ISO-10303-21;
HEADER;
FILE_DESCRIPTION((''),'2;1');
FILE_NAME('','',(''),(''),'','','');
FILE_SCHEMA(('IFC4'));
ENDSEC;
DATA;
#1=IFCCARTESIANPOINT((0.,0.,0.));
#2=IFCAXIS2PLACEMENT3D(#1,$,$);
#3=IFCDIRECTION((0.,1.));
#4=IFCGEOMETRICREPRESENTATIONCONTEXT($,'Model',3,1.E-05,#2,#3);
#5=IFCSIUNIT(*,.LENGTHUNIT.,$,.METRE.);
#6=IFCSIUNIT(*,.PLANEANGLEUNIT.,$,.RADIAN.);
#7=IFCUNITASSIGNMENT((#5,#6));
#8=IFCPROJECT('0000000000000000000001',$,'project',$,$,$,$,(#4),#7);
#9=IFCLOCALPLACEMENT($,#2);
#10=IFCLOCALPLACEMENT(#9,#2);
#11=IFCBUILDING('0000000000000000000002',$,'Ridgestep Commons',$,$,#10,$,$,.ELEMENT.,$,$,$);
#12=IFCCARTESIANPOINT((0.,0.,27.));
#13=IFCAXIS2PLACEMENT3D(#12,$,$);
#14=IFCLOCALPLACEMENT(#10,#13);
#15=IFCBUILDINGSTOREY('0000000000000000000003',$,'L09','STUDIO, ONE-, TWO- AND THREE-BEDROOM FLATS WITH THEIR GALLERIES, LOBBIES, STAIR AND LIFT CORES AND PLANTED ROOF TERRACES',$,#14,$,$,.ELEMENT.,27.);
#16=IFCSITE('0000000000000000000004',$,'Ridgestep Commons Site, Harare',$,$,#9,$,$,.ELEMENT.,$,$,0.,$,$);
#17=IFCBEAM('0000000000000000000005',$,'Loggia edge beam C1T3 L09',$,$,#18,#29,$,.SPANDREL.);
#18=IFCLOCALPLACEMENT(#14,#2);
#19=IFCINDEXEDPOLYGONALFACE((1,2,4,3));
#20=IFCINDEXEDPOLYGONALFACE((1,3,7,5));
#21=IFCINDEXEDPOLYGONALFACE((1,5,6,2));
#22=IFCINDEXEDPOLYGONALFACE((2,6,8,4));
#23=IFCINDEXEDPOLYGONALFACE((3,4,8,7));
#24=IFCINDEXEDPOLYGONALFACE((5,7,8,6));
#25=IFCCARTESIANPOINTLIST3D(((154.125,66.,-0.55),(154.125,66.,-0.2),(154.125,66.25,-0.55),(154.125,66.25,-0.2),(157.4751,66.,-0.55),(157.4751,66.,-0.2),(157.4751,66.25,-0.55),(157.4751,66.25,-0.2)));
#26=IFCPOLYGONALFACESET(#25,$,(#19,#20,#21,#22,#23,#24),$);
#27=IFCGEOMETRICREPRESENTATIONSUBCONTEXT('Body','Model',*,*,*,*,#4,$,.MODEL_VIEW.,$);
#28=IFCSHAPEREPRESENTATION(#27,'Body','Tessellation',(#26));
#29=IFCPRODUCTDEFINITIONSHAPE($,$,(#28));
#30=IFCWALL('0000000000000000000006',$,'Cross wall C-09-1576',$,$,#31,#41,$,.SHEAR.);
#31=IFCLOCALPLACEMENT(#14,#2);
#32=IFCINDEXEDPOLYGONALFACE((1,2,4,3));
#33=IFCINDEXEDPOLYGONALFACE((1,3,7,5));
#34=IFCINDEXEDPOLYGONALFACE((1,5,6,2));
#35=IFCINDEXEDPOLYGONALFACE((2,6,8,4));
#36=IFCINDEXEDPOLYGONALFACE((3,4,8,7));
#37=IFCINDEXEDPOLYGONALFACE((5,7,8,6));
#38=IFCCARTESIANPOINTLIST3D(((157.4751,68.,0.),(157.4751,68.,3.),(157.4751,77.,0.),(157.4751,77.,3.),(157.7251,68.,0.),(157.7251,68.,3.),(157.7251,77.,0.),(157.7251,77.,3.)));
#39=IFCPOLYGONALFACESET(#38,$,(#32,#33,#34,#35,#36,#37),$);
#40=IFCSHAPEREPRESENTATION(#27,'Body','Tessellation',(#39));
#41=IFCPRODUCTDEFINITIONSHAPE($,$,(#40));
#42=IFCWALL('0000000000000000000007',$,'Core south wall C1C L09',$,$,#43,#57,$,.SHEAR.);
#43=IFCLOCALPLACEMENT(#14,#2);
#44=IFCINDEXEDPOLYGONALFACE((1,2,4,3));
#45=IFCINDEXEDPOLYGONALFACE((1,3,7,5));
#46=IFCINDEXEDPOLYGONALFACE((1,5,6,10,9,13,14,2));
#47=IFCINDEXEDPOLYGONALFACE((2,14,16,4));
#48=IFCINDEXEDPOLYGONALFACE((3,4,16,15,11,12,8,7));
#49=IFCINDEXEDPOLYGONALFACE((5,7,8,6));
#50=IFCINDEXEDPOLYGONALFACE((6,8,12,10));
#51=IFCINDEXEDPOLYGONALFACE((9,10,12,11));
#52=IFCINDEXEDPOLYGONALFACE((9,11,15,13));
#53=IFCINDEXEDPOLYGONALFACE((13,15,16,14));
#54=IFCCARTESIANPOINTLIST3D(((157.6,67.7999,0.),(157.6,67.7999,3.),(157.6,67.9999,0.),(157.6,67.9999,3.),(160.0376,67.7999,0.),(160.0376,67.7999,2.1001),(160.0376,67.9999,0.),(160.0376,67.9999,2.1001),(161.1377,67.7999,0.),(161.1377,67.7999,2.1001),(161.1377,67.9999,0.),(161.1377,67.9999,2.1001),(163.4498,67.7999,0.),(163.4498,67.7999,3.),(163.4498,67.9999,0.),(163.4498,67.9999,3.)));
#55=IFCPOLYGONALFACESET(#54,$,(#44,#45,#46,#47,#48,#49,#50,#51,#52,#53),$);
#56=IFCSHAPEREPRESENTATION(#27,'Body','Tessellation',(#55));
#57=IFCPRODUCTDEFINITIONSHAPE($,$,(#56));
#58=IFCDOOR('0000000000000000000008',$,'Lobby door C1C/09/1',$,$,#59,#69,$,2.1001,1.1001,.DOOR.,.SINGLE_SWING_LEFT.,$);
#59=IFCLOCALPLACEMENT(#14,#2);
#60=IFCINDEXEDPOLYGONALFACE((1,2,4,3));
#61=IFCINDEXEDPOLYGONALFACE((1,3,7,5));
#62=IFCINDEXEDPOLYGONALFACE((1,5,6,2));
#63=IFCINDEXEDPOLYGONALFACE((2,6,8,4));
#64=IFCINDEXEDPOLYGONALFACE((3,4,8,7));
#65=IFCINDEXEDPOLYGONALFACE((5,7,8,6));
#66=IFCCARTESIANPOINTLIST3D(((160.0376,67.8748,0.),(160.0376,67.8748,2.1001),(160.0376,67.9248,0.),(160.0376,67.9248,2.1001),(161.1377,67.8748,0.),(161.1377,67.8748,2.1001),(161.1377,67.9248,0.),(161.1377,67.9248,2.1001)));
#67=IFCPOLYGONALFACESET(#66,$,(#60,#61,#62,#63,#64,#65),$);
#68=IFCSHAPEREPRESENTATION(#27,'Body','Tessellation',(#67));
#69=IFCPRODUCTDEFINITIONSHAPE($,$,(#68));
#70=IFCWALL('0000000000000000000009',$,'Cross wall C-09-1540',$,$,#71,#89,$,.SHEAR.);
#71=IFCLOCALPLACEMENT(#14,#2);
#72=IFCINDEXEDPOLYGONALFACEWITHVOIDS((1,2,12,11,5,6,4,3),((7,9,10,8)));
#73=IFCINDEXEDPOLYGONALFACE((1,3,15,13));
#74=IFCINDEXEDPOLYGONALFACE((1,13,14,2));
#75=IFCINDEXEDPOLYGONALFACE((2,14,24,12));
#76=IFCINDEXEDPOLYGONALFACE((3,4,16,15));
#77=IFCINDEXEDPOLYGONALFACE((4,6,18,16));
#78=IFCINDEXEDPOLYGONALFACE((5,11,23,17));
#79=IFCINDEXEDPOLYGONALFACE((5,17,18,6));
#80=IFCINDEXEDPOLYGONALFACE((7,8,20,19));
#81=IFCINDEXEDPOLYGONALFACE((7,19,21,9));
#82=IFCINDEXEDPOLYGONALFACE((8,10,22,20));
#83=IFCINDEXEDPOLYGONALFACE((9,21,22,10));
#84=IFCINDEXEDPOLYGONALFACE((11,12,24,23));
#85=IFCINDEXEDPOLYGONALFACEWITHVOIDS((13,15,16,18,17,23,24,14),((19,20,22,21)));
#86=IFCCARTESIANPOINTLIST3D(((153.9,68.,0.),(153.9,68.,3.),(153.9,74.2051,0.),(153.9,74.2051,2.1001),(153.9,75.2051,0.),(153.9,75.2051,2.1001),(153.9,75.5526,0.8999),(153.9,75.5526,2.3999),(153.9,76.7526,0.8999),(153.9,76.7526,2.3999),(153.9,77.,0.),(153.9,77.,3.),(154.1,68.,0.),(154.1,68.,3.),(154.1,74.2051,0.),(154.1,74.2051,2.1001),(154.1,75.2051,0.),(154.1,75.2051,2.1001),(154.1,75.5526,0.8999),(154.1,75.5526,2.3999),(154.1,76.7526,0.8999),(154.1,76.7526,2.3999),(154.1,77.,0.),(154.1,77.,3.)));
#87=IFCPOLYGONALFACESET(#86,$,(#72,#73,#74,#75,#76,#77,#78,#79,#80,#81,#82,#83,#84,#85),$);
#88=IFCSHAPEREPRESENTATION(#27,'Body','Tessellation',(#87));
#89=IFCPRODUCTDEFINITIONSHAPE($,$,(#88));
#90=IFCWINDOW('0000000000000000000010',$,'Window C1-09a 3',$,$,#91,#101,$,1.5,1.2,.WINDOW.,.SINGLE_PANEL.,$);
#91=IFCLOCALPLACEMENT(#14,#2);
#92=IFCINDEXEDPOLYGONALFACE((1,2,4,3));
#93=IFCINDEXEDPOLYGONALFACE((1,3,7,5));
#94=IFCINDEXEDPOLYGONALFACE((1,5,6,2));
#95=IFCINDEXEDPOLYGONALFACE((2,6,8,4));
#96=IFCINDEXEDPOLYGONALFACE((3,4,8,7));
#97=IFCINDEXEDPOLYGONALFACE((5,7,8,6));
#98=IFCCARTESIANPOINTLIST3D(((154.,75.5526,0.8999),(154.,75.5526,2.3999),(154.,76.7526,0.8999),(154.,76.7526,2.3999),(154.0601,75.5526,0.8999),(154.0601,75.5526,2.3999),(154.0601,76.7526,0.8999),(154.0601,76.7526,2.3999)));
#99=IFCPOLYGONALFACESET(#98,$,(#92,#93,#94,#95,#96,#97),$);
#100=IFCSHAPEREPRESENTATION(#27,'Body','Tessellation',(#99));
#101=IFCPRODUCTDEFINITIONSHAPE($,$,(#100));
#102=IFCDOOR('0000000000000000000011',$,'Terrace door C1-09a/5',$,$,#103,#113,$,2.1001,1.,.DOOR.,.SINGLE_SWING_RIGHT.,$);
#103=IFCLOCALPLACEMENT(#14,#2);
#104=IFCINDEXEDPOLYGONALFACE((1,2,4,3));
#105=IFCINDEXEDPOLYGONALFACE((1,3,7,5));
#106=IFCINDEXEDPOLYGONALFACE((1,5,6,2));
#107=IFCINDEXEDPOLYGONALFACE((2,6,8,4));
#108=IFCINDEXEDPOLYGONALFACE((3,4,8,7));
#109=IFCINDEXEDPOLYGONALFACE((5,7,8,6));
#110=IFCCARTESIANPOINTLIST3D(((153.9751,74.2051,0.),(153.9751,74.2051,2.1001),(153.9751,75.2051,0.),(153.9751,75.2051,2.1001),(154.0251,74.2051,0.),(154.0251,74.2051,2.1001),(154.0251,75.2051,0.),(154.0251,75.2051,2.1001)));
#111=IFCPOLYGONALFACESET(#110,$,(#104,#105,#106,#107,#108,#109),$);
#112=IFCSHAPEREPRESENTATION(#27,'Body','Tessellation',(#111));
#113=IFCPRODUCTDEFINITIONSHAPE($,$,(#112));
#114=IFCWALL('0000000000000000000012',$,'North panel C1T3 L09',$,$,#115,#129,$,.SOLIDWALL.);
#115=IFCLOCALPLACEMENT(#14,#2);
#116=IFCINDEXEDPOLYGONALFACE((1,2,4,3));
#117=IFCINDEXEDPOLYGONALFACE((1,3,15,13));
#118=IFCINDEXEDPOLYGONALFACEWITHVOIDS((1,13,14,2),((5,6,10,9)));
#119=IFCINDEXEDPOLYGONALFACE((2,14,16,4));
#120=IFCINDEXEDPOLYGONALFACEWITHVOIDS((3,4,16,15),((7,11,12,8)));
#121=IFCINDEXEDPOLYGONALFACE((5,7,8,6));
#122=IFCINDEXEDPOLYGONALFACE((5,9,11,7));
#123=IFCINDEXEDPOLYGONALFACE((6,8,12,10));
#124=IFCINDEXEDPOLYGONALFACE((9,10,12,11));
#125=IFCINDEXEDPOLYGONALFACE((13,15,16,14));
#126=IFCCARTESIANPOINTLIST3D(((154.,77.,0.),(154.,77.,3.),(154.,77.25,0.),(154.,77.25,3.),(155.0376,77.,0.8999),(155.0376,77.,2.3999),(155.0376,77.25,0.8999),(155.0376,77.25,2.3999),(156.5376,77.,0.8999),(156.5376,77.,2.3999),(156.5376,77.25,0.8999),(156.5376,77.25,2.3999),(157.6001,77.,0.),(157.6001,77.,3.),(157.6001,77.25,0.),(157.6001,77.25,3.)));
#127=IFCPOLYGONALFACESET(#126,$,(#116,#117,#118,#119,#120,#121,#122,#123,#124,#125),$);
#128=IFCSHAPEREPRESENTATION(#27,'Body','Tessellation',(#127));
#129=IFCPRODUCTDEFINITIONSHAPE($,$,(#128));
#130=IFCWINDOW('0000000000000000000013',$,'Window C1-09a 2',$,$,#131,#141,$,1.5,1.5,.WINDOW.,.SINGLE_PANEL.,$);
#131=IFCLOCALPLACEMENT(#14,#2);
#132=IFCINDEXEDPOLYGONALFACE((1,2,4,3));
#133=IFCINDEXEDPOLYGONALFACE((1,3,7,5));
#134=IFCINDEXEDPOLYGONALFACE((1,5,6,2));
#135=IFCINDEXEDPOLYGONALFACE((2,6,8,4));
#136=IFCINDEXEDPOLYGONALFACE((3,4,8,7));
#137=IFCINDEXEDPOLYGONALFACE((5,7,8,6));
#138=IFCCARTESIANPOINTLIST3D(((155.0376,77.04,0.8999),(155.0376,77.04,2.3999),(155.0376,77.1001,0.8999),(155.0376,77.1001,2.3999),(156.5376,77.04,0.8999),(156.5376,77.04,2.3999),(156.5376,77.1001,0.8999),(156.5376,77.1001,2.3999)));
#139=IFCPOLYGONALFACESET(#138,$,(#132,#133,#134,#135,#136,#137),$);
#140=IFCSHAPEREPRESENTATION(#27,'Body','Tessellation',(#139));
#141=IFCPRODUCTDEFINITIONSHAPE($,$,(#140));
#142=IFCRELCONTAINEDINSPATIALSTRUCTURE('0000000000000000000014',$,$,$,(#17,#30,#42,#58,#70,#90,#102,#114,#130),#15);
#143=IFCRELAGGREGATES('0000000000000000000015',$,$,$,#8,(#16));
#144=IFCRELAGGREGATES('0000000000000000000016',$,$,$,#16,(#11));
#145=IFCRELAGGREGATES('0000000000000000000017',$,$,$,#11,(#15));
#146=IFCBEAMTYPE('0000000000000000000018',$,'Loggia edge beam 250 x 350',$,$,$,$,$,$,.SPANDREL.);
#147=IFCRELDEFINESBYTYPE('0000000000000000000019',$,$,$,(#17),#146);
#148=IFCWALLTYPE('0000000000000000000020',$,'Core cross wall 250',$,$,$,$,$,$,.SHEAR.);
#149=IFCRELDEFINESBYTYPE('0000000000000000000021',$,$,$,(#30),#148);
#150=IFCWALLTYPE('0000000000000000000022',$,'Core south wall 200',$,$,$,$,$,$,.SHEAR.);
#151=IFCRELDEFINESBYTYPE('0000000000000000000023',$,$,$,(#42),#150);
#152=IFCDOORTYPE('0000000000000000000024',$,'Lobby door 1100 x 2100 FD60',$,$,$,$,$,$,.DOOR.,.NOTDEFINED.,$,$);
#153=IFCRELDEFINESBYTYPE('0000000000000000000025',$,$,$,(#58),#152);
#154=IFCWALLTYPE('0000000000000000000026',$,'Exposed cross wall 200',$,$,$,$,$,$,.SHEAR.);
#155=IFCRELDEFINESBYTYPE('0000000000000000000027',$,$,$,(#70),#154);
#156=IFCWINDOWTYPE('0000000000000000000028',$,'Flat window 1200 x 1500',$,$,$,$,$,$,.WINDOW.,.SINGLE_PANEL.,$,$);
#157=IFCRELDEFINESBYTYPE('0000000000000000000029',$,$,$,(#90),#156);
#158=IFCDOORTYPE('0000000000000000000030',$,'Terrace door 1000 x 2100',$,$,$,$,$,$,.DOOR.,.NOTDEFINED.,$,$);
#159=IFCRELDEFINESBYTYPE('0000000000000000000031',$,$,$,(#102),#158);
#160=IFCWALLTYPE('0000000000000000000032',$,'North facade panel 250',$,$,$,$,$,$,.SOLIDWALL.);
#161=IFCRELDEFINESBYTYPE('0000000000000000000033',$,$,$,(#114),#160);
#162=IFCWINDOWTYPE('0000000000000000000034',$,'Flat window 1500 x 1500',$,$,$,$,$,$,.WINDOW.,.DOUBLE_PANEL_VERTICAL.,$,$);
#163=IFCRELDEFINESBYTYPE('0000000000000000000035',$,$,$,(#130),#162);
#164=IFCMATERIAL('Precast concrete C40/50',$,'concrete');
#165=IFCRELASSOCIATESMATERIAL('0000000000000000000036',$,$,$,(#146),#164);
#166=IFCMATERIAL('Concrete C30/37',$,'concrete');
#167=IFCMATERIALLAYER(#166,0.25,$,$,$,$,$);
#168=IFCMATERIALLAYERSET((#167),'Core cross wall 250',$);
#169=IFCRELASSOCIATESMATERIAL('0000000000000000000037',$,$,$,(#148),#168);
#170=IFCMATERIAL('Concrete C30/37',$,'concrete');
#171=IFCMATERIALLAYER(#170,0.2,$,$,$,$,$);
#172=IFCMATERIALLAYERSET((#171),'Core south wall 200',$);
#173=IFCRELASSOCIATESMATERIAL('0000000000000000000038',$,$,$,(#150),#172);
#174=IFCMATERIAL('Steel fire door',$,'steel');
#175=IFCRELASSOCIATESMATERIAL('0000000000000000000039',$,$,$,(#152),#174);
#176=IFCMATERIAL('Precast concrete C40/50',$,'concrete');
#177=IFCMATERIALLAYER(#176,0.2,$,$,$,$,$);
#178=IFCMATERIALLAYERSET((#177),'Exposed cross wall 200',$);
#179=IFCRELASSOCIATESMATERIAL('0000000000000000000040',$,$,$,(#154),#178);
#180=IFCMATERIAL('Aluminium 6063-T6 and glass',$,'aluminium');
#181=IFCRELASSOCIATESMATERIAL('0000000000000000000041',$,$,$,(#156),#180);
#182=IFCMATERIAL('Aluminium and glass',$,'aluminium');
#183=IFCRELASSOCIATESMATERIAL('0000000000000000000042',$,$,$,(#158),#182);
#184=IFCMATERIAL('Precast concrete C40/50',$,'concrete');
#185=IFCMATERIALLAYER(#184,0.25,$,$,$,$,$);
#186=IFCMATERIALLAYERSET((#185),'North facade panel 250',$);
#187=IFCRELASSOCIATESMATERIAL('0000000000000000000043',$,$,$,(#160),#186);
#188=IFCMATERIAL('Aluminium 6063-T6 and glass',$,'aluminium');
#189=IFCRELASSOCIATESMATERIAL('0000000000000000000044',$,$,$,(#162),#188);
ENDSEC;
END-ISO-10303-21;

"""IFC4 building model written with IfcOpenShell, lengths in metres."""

from ifc_helpers import new_model, si_unit, direction, frame, frame_2d, origin, origin_2d, place, context, subcontext, project, spatial, rectangle, extrude, material, layer, layer_set, material_profile, profile_set, type_object, element, fill, save


model = new_model("IFC4")

# Units and contexts
model_context = context("Model", 3, precision=1e-05, world=origin(), true_north=direction((0.0, 1.0)))
body_context = subcontext(model_context, "Body", "Model", "MODEL_VIEW")
ifc_project = project(units=[si_unit("LENGTHUNIT", "METRE"), si_unit("PLANEANGLEUNIT", "RADIAN")], contexts=[model_context])

# Site, building, storey
site_placement = place(None, origin())
site = spatial("IfcSite", under=ifc_project, at=site_placement, Name="Ridgestep Commons Site, Harare", CompositionType="ELEMENT", RefElevation=0.0)
building_placement = place(site_placement, origin())
building = spatial("IfcBuilding", under=site, at=building_placement, Name="Ridgestep Commons", CompositionType="ELEMENT")
storey_placement = place(building_placement, frame((0.0, 0.0, 27.0)))
storey = spatial("IfcBuildingStorey", under=building, at=storey_placement, Name="L09", Description="STUDIO, ONE-, TWO- AND THREE-BEDROOM FLATS WITH THEIR GALLERIES, LOBBIES, STAIR AND LIFT CORES AND PLANTED ROOF TERRACES", CompositionType="ELEMENT", Elevation=27.0)

# Beam
ifc_material_1 = material(Name="Precast concrete C40/50", Category="concrete")
ifc_material_profile = material_profile(ifc_material_1, rectangle(XDim=0.25, YDim=0.3501, at=origin_2d()), Name="PC 250x350")
ifc_profile_set = profile_set([ifc_material_profile], Name="Precast concrete C40/50")
beam_type = type_object("IfcBeamType", Name="Loggia edge beam 250 x 350", PredefinedType="SPANDREL", material=ifc_profile_set)
beam_placement = place(storey_placement, frame((154.125, 66.125, -0.375), z_axis=(1.0, 0.0, 0.0), x_axis=(0.0, 1.0, 0.0)))
element("IfcBeam", 1, at=beam_placement, inside=storey, type_object=beam_type, Name="Loggia edge beam C1T3 L09", PredefinedType="SPANDREL", context=body_context, shape_type="SweptSolid", body=[
    extrude(rectangle(XDim=0.25, YDim=0.3501, at=origin_2d()), origin(), (0.0, 0.0, 1.0), 3.3501),
])

# Wall
ifc_material_2 = material(Name="Concrete C30/37", Category="concrete")
ifc_layer_1 = layer(ifc_material_2, 0.25)
ifc_layer_set_1 = layer_set([ifc_layer_1], Name="Core cross wall 250")
wall_type_1 = type_object("IfcWallType", Name="Core cross wall 250", PredefinedType="SHEAR", material=ifc_layer_set_1)
wall_1_placement = place(storey_placement, frame((157.6001, 68.0, 0.0), z_axis=(0.0, 0.0, 1.0), x_axis=(0.0, 1.0, 0.0)))
element("IfcWall", 2, at=wall_1_placement, inside=storey, type_object=wall_type_1, Name="Cross wall C-09-1576", PredefinedType="SHEAR", context=body_context, shape_type="SweptSolid", body=[
    extrude(rectangle(XDim=9.0, YDim=0.25, at=frame_2d((4.5, 0.0))), origin(), (0.0, 0.0, 1.0), 3.0),
])

# Wall, opening, door
ifc_material_3 = material(Name="Concrete C30/37", Category="concrete")
ifc_layer_2 = layer(ifc_material_3, 0.2)
ifc_layer_set_2 = layer_set([ifc_layer_2], Name="Core south wall 200")
wall_type_2 = type_object("IfcWallType", Name="Core south wall 200", PredefinedType="SHEAR", material=ifc_layer_set_2)
wall_2_placement = place(storey_placement, frame((157.6001, 67.8999, 0.0), z_axis=(0.0, 0.0, 1.0), x_axis=(1.0, 0.0, 0.0)))
wall_2 = element("IfcWall", 3, at=wall_2_placement, inside=storey, type_object=wall_type_2, Name="Core south wall C1C L09", PredefinedType="SHEAR", context=body_context, shape_type="SweptSolid", body=[
    extrude(rectangle(XDim=5.8499, YDim=0.2, at=frame_2d((2.9248, 0.0))), origin(), (0.0, 0.0, 1.0), 3.0),
])
opening_1_placement = place(wall_2_placement, frame((2.4375, 0.0, 0.0)))
opening_1 = element("IfcOpeningElement", 4, at=opening_1_placement, cuts=wall_2, PredefinedType="OPENING", context=body_context, shape_type="SweptSolid", body=[
    extrude(rectangle(XDim=1.1001, YDim=2.1001, at=frame_2d((0.55, 1.05))), frame((0.0, 0.1099, 0.0), z_axis=(0.0, -1.0, 0.0), x_axis=(1.0, 0.0, 0.0)), (0.0, 0.0, 1.0), 0.22),
])
ifc_material_4 = material(Name="Steel fire door", Category="steel")
door_type_1 = type_object("IfcDoorType", Name="Lobby door 1100 x 2100 FD60", OperationType="NOTDEFINED", PredefinedType="DOOR", material=ifc_material_4)
door_1_placement = place(opening_1_placement, origin())
door_1 = element("IfcDoor", 5, at=door_1_placement, inside=storey, type_object=door_type_1, Name="Lobby door C1C/09/1", OperationType="SINGLE_SWING_LEFT", OverallHeight=2.1001, OverallWidth=1.1001, PredefinedType="DOOR", context=body_context, shape_type="SweptSolid", body=[
    extrude(rectangle(XDim=1.1001, YDim=2.1001, at=frame_2d((0.55, 1.05))), frame((0.0, 0.0249, 0.0), z_axis=(0.0, -1.0, 0.0), x_axis=(1.0, 0.0, 0.0)), (0.0, 0.0, 1.0), 0.05),
])
fill(opening_1, door_1)

# Wall, openings, window, door
ifc_material_5 = material(Name="Precast concrete C40/50", Category="concrete")
ifc_layer_3 = layer(ifc_material_5, 0.2)
ifc_layer_set_3 = layer_set([ifc_layer_3], Name="Exposed cross wall 200")
wall_type_3 = type_object("IfcWallType", Name="Exposed cross wall 200", PredefinedType="SHEAR", material=ifc_layer_set_3)
wall_3_placement = place(storey_placement, frame((154.0, 68.0, 0.0), z_axis=(0.0, 0.0, 1.0), x_axis=(0.0, 1.0, 0.0)))
wall_3 = element("IfcWall", 6, at=wall_3_placement, inside=storey, type_object=wall_type_3, Name="Cross wall C-09-1540", PredefinedType="SHEAR", context=body_context, shape_type="SweptSolid", body=[
    extrude(rectangle(XDim=9.0, YDim=0.2, at=frame_2d((4.5, 0.0))), origin(), (0.0, 0.0, 1.0), 3.0),
])
opening_2_placement = place(wall_3_placement, frame((7.5525, 0.0, 0.8999)))
opening_2 = element("IfcOpeningElement", 7, at=opening_2_placement, cuts=wall_3, PredefinedType="OPENING", context=body_context, shape_type="SweptSolid", body=[
    extrude(rectangle(XDim=1.2, YDim=1.5, at=frame_2d((0.6001, 0.75))), frame((0.0, 0.1099, 0.0), z_axis=(0.0, -1.0, 0.0), x_axis=(1.0, 0.0, 0.0)), (0.0, 0.0, 1.0), 0.22),
])
opening_3_placement = place(wall_3_placement, frame((6.2051, 0.0, 0.0)))
opening_3 = element("IfcOpeningElement", 8, at=opening_3_placement, cuts=wall_3, PredefinedType="OPENING", context=body_context, shape_type="SweptSolid", body=[
    extrude(rectangle(XDim=1.0, YDim=2.1001, at=frame_2d((0.5, 1.05))), frame((0.0, 0.1099, 0.0), z_axis=(0.0, -1.0, 0.0), x_axis=(1.0, 0.0, 0.0)), (0.0, 0.0, 1.0), 0.22),
])
ifc_material_6 = material(Name="Aluminium 6063-T6 and glass", Category="aluminium")
window_type_1 = type_object("IfcWindowType", Name="Flat window 1200 x 1500", PartitioningType="SINGLE_PANEL", PredefinedType="WINDOW", material=ifc_material_6)
window_1_placement = place(opening_2_placement, origin())
window_1 = element("IfcWindow", 9, at=window_1_placement, inside=storey, type_object=window_type_1, Name="Window C1-09a 3", OverallHeight=1.5, OverallWidth=1.2, PartitioningType="SINGLE_PANEL", PredefinedType="WINDOW", context=body_context, shape_type="SweptSolid", body=[
    extrude(rectangle(XDim=1.2, YDim=1.5, at=frame_2d((0.6001, 0.75))), frame((0.0, 0.0, 0.0), z_axis=(0.0, -1.0, 0.0), x_axis=(1.0, 0.0, 0.0)), (0.0, 0.0, 1.0), 0.0601),
])
fill(opening_2, window_1)
ifc_material_7 = material(Name="Aluminium and glass", Category="aluminium")
door_type_2 = type_object("IfcDoorType", Name="Terrace door 1000 x 2100", OperationType="NOTDEFINED", PredefinedType="DOOR", material=ifc_material_7)
door_2_placement = place(opening_3_placement, origin())
door_2 = element("IfcDoor", 10, at=door_2_placement, inside=storey, type_object=door_type_2, Name="Terrace door C1-09a/5", OperationType="SINGLE_SWING_RIGHT", OverallHeight=2.1001, OverallWidth=1.0, PredefinedType="DOOR", context=body_context, shape_type="SweptSolid", body=[
    extrude(rectangle(XDim=1.0, YDim=2.1001, at=frame_2d((0.5, 1.05))), frame((0.0, 0.0249, 0.0), z_axis=(0.0, -1.0, 0.0), x_axis=(1.0, 0.0, 0.0)), (0.0, 0.0, 1.0), 0.05),
])
fill(opening_3, door_2)

# Wall, opening, window
ifc_material_8 = material(Name="Precast concrete C40/50", Category="concrete")
ifc_layer_4 = layer(ifc_material_8, 0.25)
ifc_layer_set_4 = layer_set([ifc_layer_4], Name="North facade panel 250")
wall_type_4 = type_object("IfcWallType", Name="North facade panel 250", PredefinedType="SOLIDWALL", material=ifc_layer_set_4)
wall_4_placement = place(storey_placement, frame((154.0, 77.125, 0.0), z_axis=(0.0, 0.0, 1.0), x_axis=(1.0, 0.0, 0.0)))
wall_4 = element("IfcWall", 11, at=wall_4_placement, inside=storey, type_object=wall_type_4, Name="North panel C1T3 L09", PredefinedType="SOLIDWALL", context=body_context, shape_type="SweptSolid", body=[
    extrude(rectangle(XDim=3.6001, YDim=0.25, at=frame_2d((1.8, 0.0))), origin(), (0.0, 0.0, 1.0), 3.0),
])
opening_4_placement = place(wall_4_placement, frame((1.0376, 0.0, 0.8999)))
opening_4 = element("IfcOpeningElement", 12, at=opening_4_placement, cuts=wall_4, PredefinedType="OPENING", context=body_context, shape_type="SweptSolid", body=[
    extrude(rectangle(XDim=1.5, YDim=1.5, at=frame_2d((0.75, 0.75))), frame((0.0, 0.135, 0.0), z_axis=(0.0, -1.0, 0.0), x_axis=(1.0, 0.0, 0.0)), (0.0, 0.0, 1.0), 0.27),
])
ifc_material_9 = material(Name="Aluminium 6063-T6 and glass", Category="aluminium")
window_type_2 = type_object("IfcWindowType", Name="Flat window 1500 x 1500", PartitioningType="DOUBLE_PANEL_VERTICAL", PredefinedType="WINDOW", material=ifc_material_9)
window_2_placement = place(opening_4_placement, origin())
window_2 = element("IfcWindow", 13, at=window_2_placement, inside=storey, type_object=window_type_2, Name="Window C1-09a 2", OverallHeight=1.5, OverallWidth=1.5, PartitioningType="SINGLE_PANEL", PredefinedType="WINDOW", context=body_context, shape_type="SweptSolid", body=[
    extrude(rectangle(XDim=1.5, YDim=1.5, at=frame_2d((0.75, 0.75))), frame((0.0, -0.0249, 0.0), z_axis=(0.0, -1.0, 0.0), x_axis=(1.0, 0.0, 0.0)), (0.0, 0.0, 1.0), 0.0601),
])
fill(opening_4, window_2)

save(model, "model.ifc")
